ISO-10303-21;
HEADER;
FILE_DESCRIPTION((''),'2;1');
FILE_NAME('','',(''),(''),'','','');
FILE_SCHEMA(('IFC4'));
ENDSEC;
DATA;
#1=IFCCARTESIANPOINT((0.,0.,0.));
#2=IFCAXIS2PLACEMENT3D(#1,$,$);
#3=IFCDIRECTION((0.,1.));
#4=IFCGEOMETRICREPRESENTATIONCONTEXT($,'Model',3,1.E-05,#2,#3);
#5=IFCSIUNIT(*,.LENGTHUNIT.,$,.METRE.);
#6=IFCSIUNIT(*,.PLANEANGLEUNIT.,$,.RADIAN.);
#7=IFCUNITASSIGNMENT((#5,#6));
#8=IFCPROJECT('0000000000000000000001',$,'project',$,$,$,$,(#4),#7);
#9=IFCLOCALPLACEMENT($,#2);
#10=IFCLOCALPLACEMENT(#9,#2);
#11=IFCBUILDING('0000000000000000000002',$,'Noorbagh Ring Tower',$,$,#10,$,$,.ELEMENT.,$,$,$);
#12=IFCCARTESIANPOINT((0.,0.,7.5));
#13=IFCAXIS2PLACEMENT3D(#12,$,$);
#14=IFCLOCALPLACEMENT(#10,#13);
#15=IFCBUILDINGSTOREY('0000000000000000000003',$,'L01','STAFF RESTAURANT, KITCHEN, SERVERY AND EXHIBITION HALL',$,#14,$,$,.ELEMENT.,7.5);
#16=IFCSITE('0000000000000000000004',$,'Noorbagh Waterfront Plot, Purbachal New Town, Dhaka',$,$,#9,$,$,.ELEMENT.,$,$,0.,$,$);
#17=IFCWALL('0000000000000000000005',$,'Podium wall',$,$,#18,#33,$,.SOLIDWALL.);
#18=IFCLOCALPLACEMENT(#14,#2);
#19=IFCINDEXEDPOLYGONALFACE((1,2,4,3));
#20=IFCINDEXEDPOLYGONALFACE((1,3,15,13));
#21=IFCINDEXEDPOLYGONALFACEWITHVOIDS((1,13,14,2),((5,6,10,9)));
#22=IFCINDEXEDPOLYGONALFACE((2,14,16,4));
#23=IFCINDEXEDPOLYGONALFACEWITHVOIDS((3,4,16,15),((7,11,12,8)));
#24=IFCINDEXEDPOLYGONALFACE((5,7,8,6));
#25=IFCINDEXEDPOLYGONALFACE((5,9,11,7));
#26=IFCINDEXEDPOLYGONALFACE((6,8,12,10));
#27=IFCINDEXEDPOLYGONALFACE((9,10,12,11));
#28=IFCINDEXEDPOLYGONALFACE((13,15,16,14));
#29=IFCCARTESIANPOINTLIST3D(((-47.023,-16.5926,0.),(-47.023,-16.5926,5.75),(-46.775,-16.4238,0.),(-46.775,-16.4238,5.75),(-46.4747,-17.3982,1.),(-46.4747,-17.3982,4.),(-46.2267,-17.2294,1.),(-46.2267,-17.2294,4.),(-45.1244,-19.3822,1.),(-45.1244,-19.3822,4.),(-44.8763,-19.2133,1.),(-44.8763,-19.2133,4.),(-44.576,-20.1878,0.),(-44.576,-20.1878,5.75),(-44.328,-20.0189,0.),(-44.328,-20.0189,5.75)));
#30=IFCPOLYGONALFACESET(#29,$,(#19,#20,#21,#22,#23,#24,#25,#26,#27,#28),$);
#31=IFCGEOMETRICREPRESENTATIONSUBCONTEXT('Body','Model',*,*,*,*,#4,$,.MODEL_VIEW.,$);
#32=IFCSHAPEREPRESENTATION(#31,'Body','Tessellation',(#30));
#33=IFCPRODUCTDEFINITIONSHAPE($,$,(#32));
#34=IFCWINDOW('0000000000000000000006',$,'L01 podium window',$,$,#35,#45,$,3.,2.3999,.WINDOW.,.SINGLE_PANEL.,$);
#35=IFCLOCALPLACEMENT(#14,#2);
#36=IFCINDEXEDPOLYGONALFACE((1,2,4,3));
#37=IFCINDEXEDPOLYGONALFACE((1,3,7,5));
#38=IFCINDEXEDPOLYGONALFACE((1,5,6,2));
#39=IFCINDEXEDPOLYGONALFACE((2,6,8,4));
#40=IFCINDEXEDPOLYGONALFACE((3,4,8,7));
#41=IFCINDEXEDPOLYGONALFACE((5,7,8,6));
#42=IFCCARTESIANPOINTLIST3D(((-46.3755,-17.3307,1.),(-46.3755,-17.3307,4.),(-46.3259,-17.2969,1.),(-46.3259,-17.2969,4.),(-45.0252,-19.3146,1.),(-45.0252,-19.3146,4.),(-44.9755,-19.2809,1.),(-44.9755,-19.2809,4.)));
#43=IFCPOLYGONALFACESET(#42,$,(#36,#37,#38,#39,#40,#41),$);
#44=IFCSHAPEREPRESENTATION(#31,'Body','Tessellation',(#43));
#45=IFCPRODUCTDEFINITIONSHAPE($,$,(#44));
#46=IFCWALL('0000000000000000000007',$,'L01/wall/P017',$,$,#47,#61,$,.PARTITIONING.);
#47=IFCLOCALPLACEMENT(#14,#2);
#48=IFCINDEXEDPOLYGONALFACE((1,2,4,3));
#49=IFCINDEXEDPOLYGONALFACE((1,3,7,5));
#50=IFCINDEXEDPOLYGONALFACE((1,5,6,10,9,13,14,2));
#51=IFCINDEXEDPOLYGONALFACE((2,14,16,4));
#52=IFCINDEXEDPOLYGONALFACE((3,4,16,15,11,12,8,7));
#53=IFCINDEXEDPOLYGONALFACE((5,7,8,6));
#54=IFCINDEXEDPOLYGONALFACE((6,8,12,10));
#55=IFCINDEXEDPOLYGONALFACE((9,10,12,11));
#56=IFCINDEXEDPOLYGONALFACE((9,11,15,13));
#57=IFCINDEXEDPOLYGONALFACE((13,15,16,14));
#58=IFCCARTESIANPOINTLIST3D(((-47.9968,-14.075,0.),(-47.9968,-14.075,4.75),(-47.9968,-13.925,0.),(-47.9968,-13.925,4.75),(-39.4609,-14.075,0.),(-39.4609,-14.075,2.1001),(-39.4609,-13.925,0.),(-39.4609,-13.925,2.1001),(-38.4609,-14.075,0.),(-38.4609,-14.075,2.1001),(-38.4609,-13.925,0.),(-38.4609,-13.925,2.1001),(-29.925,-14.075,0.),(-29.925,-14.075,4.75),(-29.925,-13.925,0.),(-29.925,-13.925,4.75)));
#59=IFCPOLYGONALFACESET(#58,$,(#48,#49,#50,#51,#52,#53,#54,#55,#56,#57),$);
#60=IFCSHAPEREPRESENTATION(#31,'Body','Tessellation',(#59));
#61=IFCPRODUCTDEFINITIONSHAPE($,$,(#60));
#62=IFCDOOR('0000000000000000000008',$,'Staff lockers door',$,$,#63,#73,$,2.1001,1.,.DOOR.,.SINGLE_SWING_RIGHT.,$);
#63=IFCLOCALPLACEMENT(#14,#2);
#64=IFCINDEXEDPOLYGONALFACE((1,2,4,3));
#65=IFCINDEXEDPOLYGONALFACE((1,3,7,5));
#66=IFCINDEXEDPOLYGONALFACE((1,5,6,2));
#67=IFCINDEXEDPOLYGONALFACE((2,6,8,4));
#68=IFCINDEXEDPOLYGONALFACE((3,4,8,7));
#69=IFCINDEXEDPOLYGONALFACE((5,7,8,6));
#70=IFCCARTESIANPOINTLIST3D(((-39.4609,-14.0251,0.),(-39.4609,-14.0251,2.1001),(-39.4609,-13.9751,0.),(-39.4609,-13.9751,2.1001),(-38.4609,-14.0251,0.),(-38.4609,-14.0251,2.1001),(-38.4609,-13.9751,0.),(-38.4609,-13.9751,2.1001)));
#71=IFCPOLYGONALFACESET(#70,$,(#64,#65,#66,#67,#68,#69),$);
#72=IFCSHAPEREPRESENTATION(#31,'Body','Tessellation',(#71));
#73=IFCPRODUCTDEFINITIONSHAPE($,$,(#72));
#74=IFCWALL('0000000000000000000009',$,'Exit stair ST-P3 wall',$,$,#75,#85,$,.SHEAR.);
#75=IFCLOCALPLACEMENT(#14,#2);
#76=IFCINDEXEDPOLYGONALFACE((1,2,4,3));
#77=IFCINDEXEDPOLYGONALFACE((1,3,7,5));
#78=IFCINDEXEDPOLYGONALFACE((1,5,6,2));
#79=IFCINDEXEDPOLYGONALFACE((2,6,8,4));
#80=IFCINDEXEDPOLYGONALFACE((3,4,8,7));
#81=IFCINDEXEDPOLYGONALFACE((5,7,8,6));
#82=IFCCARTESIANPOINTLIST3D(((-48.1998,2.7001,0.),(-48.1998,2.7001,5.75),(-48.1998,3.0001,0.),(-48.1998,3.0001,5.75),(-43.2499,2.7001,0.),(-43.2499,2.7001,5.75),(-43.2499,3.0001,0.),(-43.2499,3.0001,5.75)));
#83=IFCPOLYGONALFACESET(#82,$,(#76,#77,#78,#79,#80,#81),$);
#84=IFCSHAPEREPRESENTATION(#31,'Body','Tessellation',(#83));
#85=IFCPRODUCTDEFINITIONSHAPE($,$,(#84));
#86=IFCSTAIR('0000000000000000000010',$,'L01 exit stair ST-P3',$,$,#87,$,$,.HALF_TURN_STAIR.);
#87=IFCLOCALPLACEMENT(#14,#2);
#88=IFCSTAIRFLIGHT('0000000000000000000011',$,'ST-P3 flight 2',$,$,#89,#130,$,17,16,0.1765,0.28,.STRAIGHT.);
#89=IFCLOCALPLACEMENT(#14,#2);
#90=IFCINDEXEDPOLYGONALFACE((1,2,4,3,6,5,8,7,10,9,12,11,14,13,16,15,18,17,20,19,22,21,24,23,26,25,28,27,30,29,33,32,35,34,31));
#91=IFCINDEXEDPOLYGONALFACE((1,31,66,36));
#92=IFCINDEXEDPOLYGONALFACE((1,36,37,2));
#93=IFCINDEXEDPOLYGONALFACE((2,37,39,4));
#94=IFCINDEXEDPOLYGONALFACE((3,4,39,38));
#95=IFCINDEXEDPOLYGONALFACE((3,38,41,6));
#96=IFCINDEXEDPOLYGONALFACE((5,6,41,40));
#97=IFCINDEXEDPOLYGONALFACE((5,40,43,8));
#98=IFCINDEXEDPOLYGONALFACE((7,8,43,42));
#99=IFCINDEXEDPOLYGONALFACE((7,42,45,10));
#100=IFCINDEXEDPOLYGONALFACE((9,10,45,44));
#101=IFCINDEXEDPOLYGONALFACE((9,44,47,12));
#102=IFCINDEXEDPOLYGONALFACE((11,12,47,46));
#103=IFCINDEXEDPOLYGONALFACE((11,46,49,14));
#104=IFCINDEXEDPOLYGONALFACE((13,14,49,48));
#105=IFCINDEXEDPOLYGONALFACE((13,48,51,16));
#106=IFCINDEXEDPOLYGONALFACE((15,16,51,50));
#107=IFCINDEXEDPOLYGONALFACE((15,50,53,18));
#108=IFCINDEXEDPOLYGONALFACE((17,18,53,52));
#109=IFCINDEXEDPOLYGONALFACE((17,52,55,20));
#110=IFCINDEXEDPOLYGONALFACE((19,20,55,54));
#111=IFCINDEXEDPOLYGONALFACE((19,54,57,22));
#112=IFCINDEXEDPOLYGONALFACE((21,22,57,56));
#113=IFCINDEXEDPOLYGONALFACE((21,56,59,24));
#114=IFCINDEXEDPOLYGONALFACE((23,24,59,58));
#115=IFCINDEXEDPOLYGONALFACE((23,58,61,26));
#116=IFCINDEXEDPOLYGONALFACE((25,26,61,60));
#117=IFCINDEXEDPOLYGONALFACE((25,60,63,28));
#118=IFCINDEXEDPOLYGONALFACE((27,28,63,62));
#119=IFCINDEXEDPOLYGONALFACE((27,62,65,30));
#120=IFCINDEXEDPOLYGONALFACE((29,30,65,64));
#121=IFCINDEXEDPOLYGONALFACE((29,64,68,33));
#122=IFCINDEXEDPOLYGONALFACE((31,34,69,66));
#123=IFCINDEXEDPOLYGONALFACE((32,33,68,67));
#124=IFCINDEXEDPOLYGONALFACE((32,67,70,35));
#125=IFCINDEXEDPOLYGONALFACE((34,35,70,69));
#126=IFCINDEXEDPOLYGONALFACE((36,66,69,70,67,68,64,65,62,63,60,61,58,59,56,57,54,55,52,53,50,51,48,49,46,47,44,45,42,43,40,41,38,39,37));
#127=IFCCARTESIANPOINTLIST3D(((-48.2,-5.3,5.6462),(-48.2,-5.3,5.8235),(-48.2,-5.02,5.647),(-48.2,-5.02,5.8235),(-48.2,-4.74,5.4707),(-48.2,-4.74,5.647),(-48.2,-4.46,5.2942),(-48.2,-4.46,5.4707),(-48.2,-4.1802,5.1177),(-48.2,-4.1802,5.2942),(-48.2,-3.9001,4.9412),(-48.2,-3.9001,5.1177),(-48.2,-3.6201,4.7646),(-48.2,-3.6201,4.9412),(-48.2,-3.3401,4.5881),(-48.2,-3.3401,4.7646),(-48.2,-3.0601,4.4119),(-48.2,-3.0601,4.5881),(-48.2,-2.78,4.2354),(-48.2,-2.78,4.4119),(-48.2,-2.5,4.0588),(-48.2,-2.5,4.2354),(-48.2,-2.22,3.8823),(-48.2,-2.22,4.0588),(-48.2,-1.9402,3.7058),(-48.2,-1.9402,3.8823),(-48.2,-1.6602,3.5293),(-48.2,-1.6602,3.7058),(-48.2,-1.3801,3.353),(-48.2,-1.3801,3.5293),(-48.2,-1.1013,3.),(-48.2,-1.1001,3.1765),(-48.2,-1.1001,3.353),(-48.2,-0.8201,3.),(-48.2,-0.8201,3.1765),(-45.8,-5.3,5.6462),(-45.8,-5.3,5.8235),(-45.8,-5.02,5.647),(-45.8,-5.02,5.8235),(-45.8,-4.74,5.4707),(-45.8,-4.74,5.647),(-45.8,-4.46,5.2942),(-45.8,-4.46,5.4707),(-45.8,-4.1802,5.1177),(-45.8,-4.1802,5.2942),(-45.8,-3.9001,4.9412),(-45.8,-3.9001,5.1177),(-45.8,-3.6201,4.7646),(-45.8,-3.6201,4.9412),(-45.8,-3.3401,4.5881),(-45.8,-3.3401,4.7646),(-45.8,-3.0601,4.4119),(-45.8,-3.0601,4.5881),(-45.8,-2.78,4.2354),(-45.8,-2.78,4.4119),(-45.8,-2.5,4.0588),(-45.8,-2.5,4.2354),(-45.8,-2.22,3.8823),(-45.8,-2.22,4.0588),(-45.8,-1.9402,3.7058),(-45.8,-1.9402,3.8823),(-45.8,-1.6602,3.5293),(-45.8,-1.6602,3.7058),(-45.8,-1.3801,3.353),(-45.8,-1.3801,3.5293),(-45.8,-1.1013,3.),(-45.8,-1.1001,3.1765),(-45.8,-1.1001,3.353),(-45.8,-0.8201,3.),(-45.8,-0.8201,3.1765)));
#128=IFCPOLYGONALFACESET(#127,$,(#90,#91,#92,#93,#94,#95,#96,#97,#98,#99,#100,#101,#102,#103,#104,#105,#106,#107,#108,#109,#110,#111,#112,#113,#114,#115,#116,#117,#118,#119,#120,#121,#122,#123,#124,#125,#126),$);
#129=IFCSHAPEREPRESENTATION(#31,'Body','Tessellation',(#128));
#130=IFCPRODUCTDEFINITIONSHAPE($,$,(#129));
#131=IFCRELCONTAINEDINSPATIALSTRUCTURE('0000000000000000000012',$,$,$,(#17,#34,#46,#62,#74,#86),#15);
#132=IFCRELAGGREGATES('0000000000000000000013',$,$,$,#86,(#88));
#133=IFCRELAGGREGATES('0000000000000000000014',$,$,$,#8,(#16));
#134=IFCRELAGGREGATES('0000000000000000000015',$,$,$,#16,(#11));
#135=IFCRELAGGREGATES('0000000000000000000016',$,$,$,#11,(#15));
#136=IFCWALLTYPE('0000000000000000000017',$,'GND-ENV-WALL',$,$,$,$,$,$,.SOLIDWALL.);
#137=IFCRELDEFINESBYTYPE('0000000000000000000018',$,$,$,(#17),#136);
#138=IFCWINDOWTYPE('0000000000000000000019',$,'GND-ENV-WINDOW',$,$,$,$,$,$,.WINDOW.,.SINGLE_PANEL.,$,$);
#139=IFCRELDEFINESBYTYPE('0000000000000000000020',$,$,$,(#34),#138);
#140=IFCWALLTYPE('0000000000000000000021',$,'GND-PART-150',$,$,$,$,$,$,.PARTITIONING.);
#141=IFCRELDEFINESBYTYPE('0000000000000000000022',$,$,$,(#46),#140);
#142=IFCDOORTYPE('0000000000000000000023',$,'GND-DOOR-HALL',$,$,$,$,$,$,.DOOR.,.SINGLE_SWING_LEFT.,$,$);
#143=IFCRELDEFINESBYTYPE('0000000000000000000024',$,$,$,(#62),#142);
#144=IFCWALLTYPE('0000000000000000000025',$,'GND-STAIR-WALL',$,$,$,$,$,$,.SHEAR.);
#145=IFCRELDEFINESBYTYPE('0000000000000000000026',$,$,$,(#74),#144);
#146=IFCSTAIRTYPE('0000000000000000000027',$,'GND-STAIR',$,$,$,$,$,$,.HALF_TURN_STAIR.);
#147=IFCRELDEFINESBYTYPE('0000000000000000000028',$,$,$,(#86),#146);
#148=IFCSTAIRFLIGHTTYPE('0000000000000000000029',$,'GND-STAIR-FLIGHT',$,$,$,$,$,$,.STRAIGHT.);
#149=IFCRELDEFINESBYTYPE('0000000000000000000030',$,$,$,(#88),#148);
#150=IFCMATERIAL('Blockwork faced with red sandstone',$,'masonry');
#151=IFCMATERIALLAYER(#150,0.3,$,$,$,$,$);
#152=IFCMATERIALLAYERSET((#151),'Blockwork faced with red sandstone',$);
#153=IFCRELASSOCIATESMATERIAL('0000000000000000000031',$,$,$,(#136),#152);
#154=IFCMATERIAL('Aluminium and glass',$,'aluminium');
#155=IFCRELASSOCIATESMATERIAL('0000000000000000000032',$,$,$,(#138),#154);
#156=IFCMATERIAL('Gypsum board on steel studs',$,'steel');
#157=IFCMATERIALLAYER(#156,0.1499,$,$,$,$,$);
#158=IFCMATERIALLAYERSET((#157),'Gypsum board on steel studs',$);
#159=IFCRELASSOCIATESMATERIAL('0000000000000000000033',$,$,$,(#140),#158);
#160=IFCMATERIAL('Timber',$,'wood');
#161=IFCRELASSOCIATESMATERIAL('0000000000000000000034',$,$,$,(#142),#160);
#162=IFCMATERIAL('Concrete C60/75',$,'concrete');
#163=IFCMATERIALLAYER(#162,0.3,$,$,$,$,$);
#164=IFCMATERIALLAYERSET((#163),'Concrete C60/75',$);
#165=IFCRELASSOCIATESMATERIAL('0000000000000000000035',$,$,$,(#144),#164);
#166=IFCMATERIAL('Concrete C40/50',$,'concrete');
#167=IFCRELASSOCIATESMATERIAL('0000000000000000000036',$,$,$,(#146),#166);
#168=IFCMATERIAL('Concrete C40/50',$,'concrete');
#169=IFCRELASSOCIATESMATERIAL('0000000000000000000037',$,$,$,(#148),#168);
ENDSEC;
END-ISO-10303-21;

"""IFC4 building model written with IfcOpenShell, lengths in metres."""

from ifc_helpers import new_model, si_unit, direction, frame, frame_2d, origin, place, context, subcontext, project, spatial, polyline, rectangle, outline, extrude, material, layer, layer_set, type_object, element, fill, aggregate, save


model = new_model("IFC4")

# Units and contexts
model_context = context("Model", 3, precision=1e-05, world=origin(), true_north=direction((0.0, 1.0)))
body_context = subcontext(model_context, "Body", "Model", "MODEL_VIEW")
ifc_project = project(units=[si_unit("LENGTHUNIT", "METRE"), si_unit("PLANEANGLEUNIT", "RADIAN")], contexts=[model_context])

# Site, building, storey
site_placement = place(None, origin())
site = spatial("IfcSite", under=ifc_project, at=site_placement, Name="Noorbagh Waterfront Plot, Purbachal New Town, Dhaka", CompositionType="ELEMENT", RefElevation=0.0)
building_placement = place(site_placement, origin())
building = spatial("IfcBuilding", under=site, at=building_placement, Name="Noorbagh Ring Tower", CompositionType="ELEMENT")
storey_placement = place(building_placement, frame((0.0, 0.0, 7.5)))
storey = spatial("IfcBuildingStorey", under=building, at=storey_placement, Name="L01", Description="STAFF RESTAURANT, KITCHEN, SERVERY AND EXHIBITION HALL", CompositionType="ELEMENT", Elevation=7.5)

# Wall, opening, window
ifc_material_1 = material(Name="Blockwork faced with red sandstone", Category="masonry")
ifc_layer_1 = layer(ifc_material_1, 0.3)
ifc_layer_set_1 = layer_set([ifc_layer_1], Name="Blockwork faced with red sandstone")
wall_type_1 = type_object("IfcWallType", Name="GND-ENV-WALL", PredefinedType="SOLIDWALL", material=ifc_layer_set_1)
ifc_material_2 = material(Name="Aluminium and glass", Category="aluminium")
window_type = type_object("IfcWindowType", Name="GND-ENV-WINDOW", PartitioningType="SINGLE_PANEL", PredefinedType="WINDOW", material=ifc_material_2)
wall_1_placement = place(storey_placement, frame((-46.8989, -16.5083, 0.0), z_axis=(0.0, 0.0, 1.0), x_axis=(0.562668, -0.826683, 0.0)))
wall_1 = element("IfcWall", 1, at=wall_1_placement, inside=storey, type_object=wall_type_1, Name="Podium wall", PredefinedType="SOLIDWALL", context=body_context, shape_type="SweptSolid", body=[
    extrude(rectangle(XDim=4.3489, YDim=0.3, at=frame_2d((2.1743, 0.0))), origin(), (0.0, 0.0, 1.0), 5.75),
])
opening_1_placement = place(wall_1_placement, frame((0.9744, 0.0, 1.0)))
opening_1 = element("IfcOpeningElement", 2, at=opening_1_placement, cuts=wall_1, PredefinedType="OPENING", context=body_context, shape_type="SweptSolid", body=[
    extrude(rectangle(XDim=2.3999, YDim=3.0, at=frame_2d((1.2, 1.5))), frame((0.0, 0.1602, 0.0), z_axis=(0.0, -1.0, 0.0), x_axis=(1.0, 0.0, 0.0)), (0.0, 0.0, 1.0), 0.3201),
])
window_1_placement = place(opening_1_placement, origin())
window_1 = element("IfcWindow", 3, at=window_1_placement, inside=storey, type_object=window_type, Name="L01 podium window", OverallHeight=3.0, OverallWidth=2.3999, PartitioningType="SINGLE_PANEL", PredefinedType="WINDOW", context=body_context, shape_type="SweptSolid", body=[
    extrude(rectangle(XDim=2.3999, YDim=3.0, at=frame_2d((1.2, 1.5))), frame((0.0, 0.03, 0.0), z_axis=(0.0, -1.0, 0.0), x_axis=(1.0, 0.0, 0.0)), (0.0, 0.0, 1.0), 0.0601),
])
fill(opening_1, window_1)

# Wall, opening, door
ifc_material_3 = material(Name="Gypsum board on steel studs", Category="steel")
ifc_layer_2 = layer(ifc_material_3, 0.1499)
ifc_layer_set_2 = layer_set([ifc_layer_2], Name="Gypsum board on steel studs")
wall_type_2 = type_object("IfcWallType", Name="GND-PART-150", PredefinedType="PARTITIONING", material=ifc_layer_set_2)
wall_2_placement = place(storey_placement, frame((-47.9968, -14.0, 0.0), z_axis=(0.0, 0.0, 1.0), x_axis=(1.0, 0.0, 0.0)))
wall_2 = element("IfcWall", 4, at=wall_2_placement, inside=storey, type_object=wall_type_2, Name="L01/wall/P017", PredefinedType="PARTITIONING", context=body_context, shape_type="SweptSolid", body=[
    extrude(rectangle(XDim=18.0718, YDim=0.1499, at=frame_2d((9.0359, 0.0))), origin(), (0.0, 0.0, 1.0), 4.75),
])
opening_2_placement = place(wall_2_placement, frame((8.5359, 0.0, 0.0)))
opening_2 = element("IfcOpeningElement", 5, at=opening_2_placement, cuts=wall_2, PredefinedType="OPENING", context=body_context, shape_type="SweptSolid", body=[
    extrude(rectangle(XDim=1.0, YDim=2.1001, at=frame_2d((0.5, 1.05))), frame((0.0, 0.085, 0.0), z_axis=(0.0, -1.0, 0.0), x_axis=(1.0, 0.0, 0.0)), (0.0, 0.0, 1.0), 0.1699),
])
ifc_material_4 = material(Name="Timber", Category="wood")
door_type = type_object("IfcDoorType", Name="GND-DOOR-HALL", OperationType="SINGLE_SWING_LEFT", PredefinedType="DOOR", material=ifc_material_4)
door_placement = place(opening_2_placement, origin())
door = element("IfcDoor", 6, at=door_placement, inside=storey, type_object=door_type, Name="Staff lockers door", OperationType="SINGLE_SWING_RIGHT", OverallHeight=2.1001, OverallWidth=1.0, PredefinedType="DOOR", context=body_context, shape_type="SweptSolid", body=[
    extrude(rectangle(XDim=1.0, YDim=2.1001, at=frame_2d((0.5, 1.05))), frame((0.0, 0.0249, 0.0), z_axis=(0.0, -1.0, 0.0), x_axis=(1.0, 0.0, 0.0)), (0.0, 0.0, 1.0), 0.05),
])
fill(opening_2, door)

# Wall
ifc_material_5 = material(Name="Concrete C60/75", Category="concrete")
ifc_layer_3 = layer(ifc_material_5, 0.3)
ifc_layer_set_3 = layer_set([ifc_layer_3], Name="Concrete C60/75")
wall_type_3 = type_object("IfcWallType", Name="GND-STAIR-WALL", PredefinedType="SHEAR", material=ifc_layer_set_3)
wall_3_placement = place(storey_placement, frame((-48.2, 2.8501, 0.0), z_axis=(0.0, 0.0, 1.0), x_axis=(1.0, 0.0, 0.0)))
element("IfcWall", 7, at=wall_3_placement, inside=storey, type_object=wall_type_3, Name="Exit stair ST-P3 wall", PredefinedType="SHEAR", context=body_context, shape_type="SweptSolid", body=[
    extrude(rectangle(XDim=4.95, YDim=0.3, at=frame_2d((2.4751, 0.0))), origin(), (0.0, 0.0, 1.0), 5.75),
])

# Stair, stair flight
ifc_material_6 = material(Name="Concrete C40/50", Category="concrete")
stair_type = type_object("IfcStairType", Name="GND-STAIR", PredefinedType="HALF_TURN_STAIR", material=ifc_material_6)
stair_placement = place(storey_placement, origin())
stair = element("IfcStair", 8, at=stair_placement, inside=storey, type_object=stair_type, Name="L01 exit stair ST-P3", PredefinedType="HALF_TURN_STAIR")
ifc_material_7 = material(Name="Concrete C40/50", Category="concrete")
stair_flight_type = type_object("IfcStairFlightType", Name="GND-STAIR-FLIGHT", PredefinedType="STRAIGHT", material=ifc_material_7)
stair_flight_placement = place(storey_placement, frame((-47.0, -0.8201, 3.0), z_axis=(0.0, 0.0, 1.0), x_axis=(0.0, -1.0, 0.0)))
stair_flight = element("IfcStairFlight", 9, at=stair_flight_placement, type_object=stair_flight_type, Name="ST-P3 flight 2", NumberOfRisers=17, NumberOfTreads=16, PredefinedType="STRAIGHT", RiserHeight=0.1765, TreadLength=0.28, context=body_context, shape_type="SweptSolid", body=[
    extrude(outline(polyline([(0.0, 0.0), (0.0, 0.1765), (0.28, 0.1765), (0.28, 0.353), (0.5601, 0.353), (0.5601, 0.5293), (0.8401, 0.5293), (0.8401, 0.7058), (1.1201, 0.7058), (1.1201, 0.8823), (1.3999, 0.8823), (1.3999, 1.0588), (1.6799, 1.0588), (1.6799, 1.2354), (1.96, 1.2354), (1.96, 1.4119), (2.24, 1.4119), (2.24, 1.5881), (2.52, 1.5881), (2.52, 1.7646), (2.8, 1.7646), (2.8, 1.9412), (3.0801, 1.9412), (3.0801, 2.1177), (3.3601, 2.1177), (3.3601, 2.2942), (3.6399, 2.2942), (3.6399, 2.4707), (3.9199, 2.4707), (3.9199, 2.647), (4.2, 2.647), (4.2, 2.8235), (4.48, 2.8235), (4.48, 3.0), (4.48, 2.6462), (0.2812, 0.0), (0.0, 0.0)])), frame((0.0, 1.2, 0.0), z_axis=(0.0, -1.0, 0.0), x_axis=(1.0, 0.0, 0.0)), (0.0, 0.0, 1.0), 2.3999),
])
aggregate(stair, [stair_flight])

save(model, "model.ifc")
